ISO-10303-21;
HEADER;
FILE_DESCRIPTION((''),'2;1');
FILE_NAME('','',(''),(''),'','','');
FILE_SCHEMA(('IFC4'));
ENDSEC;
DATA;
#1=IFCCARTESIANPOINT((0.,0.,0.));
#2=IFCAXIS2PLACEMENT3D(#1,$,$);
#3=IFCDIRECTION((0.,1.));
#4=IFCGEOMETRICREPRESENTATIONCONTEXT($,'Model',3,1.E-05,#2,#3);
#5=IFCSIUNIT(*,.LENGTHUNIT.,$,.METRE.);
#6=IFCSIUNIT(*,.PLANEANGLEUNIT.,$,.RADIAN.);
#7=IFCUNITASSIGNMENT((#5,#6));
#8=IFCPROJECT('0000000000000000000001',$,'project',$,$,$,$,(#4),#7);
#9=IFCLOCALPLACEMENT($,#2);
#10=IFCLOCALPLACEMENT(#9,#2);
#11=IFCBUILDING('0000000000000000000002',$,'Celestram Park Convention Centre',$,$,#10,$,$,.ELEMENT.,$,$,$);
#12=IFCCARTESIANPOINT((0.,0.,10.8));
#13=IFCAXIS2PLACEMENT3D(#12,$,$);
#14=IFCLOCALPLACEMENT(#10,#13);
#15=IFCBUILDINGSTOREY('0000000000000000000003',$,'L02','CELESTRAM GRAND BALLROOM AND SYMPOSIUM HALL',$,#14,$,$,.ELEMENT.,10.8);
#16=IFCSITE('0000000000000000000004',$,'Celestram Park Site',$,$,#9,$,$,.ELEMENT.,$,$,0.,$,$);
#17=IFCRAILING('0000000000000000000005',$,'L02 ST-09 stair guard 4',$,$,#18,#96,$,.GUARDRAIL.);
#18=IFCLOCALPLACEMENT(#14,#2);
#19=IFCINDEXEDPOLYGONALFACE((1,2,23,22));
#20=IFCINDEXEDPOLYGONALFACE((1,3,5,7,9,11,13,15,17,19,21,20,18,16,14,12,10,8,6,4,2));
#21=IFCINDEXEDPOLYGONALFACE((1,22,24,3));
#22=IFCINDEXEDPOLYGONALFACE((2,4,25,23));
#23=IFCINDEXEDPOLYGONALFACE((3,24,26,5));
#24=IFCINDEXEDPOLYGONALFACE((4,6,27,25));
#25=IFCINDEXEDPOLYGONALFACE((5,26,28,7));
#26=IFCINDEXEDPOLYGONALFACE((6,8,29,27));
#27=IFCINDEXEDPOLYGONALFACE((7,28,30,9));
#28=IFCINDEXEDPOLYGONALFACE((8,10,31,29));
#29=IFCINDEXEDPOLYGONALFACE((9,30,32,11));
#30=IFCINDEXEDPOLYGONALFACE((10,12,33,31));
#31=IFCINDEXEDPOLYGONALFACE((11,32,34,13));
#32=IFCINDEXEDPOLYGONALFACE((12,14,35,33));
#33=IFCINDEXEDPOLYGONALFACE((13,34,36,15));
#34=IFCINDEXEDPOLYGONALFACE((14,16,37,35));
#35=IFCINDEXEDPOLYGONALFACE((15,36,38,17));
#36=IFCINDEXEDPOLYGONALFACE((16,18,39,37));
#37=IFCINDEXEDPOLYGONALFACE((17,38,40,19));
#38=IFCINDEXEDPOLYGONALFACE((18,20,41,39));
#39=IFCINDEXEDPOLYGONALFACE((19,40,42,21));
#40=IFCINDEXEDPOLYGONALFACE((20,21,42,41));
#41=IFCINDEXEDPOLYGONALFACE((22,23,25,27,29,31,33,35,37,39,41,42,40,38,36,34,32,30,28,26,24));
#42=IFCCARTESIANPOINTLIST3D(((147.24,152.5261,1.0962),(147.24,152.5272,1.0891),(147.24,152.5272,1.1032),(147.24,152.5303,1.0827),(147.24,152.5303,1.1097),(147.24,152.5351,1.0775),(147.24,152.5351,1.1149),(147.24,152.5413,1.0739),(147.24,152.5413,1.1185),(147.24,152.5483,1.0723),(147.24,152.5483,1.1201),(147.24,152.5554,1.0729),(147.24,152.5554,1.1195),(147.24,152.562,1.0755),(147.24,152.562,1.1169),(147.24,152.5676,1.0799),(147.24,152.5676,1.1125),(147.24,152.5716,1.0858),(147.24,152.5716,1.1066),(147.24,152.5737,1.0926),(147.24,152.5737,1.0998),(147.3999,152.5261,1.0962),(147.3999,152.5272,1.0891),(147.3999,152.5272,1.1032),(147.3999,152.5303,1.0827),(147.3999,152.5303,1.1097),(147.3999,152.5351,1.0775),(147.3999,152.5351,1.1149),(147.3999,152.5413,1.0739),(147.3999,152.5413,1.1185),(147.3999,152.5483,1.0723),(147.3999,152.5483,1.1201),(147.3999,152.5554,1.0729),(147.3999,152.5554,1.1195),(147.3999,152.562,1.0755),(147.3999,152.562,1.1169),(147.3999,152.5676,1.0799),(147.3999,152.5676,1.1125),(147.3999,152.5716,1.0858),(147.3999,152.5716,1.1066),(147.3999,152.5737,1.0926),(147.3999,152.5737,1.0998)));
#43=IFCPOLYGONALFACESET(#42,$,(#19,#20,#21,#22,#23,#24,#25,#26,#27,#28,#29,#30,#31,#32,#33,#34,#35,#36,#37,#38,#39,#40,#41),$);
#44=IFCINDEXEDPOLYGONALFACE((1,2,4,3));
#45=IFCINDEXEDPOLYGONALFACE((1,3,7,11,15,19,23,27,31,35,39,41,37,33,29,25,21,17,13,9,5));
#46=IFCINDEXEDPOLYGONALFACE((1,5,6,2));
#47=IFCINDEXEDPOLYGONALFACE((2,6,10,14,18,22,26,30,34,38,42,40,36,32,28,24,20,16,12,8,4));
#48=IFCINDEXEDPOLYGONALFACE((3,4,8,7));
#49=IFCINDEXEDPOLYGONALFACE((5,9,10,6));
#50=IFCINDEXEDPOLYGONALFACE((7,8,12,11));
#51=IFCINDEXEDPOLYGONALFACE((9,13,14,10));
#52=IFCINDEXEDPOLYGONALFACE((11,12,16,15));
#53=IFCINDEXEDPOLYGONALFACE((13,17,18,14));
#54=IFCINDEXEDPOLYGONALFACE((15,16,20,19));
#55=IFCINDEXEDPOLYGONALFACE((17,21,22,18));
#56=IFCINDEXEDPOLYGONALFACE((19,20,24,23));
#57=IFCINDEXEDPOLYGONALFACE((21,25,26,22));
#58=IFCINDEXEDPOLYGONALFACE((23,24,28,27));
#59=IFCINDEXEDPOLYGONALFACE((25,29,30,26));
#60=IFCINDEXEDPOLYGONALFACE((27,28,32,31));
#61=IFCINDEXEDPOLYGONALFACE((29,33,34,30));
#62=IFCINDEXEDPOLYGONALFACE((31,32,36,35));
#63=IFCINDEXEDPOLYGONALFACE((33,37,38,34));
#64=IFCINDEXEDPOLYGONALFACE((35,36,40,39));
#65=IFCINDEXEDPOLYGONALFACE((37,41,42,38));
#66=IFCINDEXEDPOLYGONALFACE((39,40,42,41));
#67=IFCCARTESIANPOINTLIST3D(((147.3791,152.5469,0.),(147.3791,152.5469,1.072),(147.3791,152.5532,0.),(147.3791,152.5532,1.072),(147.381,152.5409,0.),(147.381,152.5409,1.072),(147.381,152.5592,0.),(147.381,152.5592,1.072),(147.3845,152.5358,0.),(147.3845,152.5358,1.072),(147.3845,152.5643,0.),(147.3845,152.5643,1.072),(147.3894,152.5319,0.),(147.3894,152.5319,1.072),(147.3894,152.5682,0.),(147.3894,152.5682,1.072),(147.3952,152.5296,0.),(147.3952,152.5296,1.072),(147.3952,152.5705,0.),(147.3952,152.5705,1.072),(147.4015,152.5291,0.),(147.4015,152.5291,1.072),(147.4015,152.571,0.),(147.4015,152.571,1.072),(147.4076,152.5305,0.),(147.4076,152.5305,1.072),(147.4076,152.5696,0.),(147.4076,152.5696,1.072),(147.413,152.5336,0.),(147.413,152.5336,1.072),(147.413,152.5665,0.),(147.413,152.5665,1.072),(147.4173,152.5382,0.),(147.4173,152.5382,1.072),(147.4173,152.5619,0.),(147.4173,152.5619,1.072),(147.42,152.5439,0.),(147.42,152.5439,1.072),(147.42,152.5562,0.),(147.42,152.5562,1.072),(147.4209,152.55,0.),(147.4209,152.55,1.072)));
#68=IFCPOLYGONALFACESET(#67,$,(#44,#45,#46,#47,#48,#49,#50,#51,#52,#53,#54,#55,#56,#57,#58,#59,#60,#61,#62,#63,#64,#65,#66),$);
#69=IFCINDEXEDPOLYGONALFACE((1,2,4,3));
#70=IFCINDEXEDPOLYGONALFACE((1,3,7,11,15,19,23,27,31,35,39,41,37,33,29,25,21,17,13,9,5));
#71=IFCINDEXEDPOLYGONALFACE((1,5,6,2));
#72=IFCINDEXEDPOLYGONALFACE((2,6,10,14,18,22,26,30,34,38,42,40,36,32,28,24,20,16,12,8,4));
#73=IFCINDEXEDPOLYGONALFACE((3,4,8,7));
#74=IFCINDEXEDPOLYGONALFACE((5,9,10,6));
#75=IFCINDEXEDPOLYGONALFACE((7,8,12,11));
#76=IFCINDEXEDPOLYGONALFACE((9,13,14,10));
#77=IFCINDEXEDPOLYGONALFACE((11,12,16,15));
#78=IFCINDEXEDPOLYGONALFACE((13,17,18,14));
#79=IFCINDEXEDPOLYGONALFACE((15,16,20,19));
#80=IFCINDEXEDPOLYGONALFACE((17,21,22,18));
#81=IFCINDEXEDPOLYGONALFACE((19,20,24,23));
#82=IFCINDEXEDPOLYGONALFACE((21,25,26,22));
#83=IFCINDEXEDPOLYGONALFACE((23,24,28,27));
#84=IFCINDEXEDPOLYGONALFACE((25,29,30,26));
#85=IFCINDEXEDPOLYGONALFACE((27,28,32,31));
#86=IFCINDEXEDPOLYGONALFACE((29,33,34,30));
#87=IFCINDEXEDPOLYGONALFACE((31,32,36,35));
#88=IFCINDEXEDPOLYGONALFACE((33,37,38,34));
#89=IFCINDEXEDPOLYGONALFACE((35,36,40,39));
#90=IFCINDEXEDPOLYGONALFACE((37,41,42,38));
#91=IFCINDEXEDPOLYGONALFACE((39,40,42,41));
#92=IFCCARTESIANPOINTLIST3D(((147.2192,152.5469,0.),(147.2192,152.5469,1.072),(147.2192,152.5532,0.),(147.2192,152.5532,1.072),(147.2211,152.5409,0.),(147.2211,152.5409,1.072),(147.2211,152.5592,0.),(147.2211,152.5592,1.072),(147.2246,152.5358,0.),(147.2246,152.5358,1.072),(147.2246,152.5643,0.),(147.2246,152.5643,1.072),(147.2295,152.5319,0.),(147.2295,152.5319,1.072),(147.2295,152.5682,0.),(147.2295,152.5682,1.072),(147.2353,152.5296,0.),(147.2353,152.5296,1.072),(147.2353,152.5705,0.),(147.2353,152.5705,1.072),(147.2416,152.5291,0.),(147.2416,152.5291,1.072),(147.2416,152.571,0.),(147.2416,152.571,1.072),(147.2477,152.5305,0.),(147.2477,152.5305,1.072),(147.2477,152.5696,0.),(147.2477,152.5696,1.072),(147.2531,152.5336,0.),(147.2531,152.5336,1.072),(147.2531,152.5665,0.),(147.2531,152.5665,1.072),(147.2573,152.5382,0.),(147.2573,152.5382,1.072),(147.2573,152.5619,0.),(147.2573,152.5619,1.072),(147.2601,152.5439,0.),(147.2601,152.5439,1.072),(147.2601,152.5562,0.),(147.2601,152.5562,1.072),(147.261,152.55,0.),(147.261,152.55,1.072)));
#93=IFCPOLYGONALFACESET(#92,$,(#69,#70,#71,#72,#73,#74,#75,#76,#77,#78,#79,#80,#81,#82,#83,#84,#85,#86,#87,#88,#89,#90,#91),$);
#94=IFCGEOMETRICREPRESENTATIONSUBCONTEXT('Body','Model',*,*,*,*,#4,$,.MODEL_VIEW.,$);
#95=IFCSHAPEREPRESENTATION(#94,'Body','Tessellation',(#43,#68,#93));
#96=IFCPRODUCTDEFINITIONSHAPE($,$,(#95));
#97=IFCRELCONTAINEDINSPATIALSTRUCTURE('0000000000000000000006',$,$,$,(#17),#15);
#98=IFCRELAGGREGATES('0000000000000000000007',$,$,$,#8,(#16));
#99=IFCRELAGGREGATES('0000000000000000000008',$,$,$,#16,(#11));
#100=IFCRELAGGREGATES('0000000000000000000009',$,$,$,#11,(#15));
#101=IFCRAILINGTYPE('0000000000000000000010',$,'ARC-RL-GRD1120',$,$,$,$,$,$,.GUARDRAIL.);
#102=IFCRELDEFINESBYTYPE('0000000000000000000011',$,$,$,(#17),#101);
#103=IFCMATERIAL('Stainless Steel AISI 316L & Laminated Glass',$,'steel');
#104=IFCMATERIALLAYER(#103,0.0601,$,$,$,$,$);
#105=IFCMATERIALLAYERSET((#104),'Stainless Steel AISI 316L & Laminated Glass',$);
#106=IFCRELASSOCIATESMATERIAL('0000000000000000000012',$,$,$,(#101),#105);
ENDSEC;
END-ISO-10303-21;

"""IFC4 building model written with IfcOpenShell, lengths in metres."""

from ifc_helpers import new_model, si_unit, direction, frame, origin, origin_2d, place, context, subcontext, project, spatial, circle, extrude, material, layer, layer_set, type_object, element, save


model = new_model("IFC4")

# Units and contexts
model_context = context("Model", 3, precision=1e-05, world=origin(), true_north=direction((0.0, 1.0)))
body_context = subcontext(model_context, "Body", "Model", "MODEL_VIEW")
ifc_project = project(units=[si_unit("LENGTHUNIT", "METRE"), si_unit("PLANEANGLEUNIT", "RADIAN")], contexts=[model_context])

# Site, building, storey
site_placement = place(None, origin())
site = spatial("IfcSite", under=ifc_project, at=site_placement, Name="Celestram Park Site", CompositionType="ELEMENT", RefElevation=0.0)
building_placement = place(site_placement, origin())
building = spatial("IfcBuilding", under=site, at=building_placement, Name="Celestram Park Convention Centre", CompositionType="ELEMENT")
storey_placement = place(building_placement, frame((0.0, 0.0, 10.8)))
storey = spatial("IfcBuildingStorey", under=building, at=storey_placement, Name="L02", Description="CELESTRAM GRAND BALLROOM AND SYMPOSIUM HALL", CompositionType="ELEMENT", Elevation=10.8)

# Railing
ifc_material_1 = material(Name="Stainless Steel AISI 316L & Laminated Glass", Category="steel")
ifc_layer_1 = layer(ifc_material_1, 0.0601)
ifc_layer_set_1 = layer_set([ifc_layer_1], Name="Stainless Steel AISI 316L & Laminated Glass")
railing_type_1 = type_object("IfcRailingType", Name="ARC-RL-GRD1120", PredefinedType="GUARDRAIL", material=ifc_layer_set_1)
railing_1_placement = place(storey_placement, frame((147.3999, 152.55, 0.0)))
element("IfcRailing", 1, at=railing_1_placement, inside=storey, type_object=railing_type_1, Name="L02 ST-09 stair guard 4", PredefinedType="GUARDRAIL", context=body_context, shape_type="SweptSolid", body=[
    extrude(circle(Radius=0.0239, at=origin_2d()), frame((0.0, 0.0, 1.0962), z_axis=(-1.0, 0.0, 0.0), x_axis=(0.0, -1.0, 0.0)), (0.0, 0.0, 1.0), 0.1599),
    extrude(circle(Radius=0.021, at=origin_2d()), origin(), (0.0, 0.0, 1.0), 1.072),
    extrude(circle(Radius=0.021, at=origin_2d()), frame((-0.1599, 0.0, 0.0)), (0.0, 0.0, 1.0), 1.072),
])

save(model, "model.ifc")
